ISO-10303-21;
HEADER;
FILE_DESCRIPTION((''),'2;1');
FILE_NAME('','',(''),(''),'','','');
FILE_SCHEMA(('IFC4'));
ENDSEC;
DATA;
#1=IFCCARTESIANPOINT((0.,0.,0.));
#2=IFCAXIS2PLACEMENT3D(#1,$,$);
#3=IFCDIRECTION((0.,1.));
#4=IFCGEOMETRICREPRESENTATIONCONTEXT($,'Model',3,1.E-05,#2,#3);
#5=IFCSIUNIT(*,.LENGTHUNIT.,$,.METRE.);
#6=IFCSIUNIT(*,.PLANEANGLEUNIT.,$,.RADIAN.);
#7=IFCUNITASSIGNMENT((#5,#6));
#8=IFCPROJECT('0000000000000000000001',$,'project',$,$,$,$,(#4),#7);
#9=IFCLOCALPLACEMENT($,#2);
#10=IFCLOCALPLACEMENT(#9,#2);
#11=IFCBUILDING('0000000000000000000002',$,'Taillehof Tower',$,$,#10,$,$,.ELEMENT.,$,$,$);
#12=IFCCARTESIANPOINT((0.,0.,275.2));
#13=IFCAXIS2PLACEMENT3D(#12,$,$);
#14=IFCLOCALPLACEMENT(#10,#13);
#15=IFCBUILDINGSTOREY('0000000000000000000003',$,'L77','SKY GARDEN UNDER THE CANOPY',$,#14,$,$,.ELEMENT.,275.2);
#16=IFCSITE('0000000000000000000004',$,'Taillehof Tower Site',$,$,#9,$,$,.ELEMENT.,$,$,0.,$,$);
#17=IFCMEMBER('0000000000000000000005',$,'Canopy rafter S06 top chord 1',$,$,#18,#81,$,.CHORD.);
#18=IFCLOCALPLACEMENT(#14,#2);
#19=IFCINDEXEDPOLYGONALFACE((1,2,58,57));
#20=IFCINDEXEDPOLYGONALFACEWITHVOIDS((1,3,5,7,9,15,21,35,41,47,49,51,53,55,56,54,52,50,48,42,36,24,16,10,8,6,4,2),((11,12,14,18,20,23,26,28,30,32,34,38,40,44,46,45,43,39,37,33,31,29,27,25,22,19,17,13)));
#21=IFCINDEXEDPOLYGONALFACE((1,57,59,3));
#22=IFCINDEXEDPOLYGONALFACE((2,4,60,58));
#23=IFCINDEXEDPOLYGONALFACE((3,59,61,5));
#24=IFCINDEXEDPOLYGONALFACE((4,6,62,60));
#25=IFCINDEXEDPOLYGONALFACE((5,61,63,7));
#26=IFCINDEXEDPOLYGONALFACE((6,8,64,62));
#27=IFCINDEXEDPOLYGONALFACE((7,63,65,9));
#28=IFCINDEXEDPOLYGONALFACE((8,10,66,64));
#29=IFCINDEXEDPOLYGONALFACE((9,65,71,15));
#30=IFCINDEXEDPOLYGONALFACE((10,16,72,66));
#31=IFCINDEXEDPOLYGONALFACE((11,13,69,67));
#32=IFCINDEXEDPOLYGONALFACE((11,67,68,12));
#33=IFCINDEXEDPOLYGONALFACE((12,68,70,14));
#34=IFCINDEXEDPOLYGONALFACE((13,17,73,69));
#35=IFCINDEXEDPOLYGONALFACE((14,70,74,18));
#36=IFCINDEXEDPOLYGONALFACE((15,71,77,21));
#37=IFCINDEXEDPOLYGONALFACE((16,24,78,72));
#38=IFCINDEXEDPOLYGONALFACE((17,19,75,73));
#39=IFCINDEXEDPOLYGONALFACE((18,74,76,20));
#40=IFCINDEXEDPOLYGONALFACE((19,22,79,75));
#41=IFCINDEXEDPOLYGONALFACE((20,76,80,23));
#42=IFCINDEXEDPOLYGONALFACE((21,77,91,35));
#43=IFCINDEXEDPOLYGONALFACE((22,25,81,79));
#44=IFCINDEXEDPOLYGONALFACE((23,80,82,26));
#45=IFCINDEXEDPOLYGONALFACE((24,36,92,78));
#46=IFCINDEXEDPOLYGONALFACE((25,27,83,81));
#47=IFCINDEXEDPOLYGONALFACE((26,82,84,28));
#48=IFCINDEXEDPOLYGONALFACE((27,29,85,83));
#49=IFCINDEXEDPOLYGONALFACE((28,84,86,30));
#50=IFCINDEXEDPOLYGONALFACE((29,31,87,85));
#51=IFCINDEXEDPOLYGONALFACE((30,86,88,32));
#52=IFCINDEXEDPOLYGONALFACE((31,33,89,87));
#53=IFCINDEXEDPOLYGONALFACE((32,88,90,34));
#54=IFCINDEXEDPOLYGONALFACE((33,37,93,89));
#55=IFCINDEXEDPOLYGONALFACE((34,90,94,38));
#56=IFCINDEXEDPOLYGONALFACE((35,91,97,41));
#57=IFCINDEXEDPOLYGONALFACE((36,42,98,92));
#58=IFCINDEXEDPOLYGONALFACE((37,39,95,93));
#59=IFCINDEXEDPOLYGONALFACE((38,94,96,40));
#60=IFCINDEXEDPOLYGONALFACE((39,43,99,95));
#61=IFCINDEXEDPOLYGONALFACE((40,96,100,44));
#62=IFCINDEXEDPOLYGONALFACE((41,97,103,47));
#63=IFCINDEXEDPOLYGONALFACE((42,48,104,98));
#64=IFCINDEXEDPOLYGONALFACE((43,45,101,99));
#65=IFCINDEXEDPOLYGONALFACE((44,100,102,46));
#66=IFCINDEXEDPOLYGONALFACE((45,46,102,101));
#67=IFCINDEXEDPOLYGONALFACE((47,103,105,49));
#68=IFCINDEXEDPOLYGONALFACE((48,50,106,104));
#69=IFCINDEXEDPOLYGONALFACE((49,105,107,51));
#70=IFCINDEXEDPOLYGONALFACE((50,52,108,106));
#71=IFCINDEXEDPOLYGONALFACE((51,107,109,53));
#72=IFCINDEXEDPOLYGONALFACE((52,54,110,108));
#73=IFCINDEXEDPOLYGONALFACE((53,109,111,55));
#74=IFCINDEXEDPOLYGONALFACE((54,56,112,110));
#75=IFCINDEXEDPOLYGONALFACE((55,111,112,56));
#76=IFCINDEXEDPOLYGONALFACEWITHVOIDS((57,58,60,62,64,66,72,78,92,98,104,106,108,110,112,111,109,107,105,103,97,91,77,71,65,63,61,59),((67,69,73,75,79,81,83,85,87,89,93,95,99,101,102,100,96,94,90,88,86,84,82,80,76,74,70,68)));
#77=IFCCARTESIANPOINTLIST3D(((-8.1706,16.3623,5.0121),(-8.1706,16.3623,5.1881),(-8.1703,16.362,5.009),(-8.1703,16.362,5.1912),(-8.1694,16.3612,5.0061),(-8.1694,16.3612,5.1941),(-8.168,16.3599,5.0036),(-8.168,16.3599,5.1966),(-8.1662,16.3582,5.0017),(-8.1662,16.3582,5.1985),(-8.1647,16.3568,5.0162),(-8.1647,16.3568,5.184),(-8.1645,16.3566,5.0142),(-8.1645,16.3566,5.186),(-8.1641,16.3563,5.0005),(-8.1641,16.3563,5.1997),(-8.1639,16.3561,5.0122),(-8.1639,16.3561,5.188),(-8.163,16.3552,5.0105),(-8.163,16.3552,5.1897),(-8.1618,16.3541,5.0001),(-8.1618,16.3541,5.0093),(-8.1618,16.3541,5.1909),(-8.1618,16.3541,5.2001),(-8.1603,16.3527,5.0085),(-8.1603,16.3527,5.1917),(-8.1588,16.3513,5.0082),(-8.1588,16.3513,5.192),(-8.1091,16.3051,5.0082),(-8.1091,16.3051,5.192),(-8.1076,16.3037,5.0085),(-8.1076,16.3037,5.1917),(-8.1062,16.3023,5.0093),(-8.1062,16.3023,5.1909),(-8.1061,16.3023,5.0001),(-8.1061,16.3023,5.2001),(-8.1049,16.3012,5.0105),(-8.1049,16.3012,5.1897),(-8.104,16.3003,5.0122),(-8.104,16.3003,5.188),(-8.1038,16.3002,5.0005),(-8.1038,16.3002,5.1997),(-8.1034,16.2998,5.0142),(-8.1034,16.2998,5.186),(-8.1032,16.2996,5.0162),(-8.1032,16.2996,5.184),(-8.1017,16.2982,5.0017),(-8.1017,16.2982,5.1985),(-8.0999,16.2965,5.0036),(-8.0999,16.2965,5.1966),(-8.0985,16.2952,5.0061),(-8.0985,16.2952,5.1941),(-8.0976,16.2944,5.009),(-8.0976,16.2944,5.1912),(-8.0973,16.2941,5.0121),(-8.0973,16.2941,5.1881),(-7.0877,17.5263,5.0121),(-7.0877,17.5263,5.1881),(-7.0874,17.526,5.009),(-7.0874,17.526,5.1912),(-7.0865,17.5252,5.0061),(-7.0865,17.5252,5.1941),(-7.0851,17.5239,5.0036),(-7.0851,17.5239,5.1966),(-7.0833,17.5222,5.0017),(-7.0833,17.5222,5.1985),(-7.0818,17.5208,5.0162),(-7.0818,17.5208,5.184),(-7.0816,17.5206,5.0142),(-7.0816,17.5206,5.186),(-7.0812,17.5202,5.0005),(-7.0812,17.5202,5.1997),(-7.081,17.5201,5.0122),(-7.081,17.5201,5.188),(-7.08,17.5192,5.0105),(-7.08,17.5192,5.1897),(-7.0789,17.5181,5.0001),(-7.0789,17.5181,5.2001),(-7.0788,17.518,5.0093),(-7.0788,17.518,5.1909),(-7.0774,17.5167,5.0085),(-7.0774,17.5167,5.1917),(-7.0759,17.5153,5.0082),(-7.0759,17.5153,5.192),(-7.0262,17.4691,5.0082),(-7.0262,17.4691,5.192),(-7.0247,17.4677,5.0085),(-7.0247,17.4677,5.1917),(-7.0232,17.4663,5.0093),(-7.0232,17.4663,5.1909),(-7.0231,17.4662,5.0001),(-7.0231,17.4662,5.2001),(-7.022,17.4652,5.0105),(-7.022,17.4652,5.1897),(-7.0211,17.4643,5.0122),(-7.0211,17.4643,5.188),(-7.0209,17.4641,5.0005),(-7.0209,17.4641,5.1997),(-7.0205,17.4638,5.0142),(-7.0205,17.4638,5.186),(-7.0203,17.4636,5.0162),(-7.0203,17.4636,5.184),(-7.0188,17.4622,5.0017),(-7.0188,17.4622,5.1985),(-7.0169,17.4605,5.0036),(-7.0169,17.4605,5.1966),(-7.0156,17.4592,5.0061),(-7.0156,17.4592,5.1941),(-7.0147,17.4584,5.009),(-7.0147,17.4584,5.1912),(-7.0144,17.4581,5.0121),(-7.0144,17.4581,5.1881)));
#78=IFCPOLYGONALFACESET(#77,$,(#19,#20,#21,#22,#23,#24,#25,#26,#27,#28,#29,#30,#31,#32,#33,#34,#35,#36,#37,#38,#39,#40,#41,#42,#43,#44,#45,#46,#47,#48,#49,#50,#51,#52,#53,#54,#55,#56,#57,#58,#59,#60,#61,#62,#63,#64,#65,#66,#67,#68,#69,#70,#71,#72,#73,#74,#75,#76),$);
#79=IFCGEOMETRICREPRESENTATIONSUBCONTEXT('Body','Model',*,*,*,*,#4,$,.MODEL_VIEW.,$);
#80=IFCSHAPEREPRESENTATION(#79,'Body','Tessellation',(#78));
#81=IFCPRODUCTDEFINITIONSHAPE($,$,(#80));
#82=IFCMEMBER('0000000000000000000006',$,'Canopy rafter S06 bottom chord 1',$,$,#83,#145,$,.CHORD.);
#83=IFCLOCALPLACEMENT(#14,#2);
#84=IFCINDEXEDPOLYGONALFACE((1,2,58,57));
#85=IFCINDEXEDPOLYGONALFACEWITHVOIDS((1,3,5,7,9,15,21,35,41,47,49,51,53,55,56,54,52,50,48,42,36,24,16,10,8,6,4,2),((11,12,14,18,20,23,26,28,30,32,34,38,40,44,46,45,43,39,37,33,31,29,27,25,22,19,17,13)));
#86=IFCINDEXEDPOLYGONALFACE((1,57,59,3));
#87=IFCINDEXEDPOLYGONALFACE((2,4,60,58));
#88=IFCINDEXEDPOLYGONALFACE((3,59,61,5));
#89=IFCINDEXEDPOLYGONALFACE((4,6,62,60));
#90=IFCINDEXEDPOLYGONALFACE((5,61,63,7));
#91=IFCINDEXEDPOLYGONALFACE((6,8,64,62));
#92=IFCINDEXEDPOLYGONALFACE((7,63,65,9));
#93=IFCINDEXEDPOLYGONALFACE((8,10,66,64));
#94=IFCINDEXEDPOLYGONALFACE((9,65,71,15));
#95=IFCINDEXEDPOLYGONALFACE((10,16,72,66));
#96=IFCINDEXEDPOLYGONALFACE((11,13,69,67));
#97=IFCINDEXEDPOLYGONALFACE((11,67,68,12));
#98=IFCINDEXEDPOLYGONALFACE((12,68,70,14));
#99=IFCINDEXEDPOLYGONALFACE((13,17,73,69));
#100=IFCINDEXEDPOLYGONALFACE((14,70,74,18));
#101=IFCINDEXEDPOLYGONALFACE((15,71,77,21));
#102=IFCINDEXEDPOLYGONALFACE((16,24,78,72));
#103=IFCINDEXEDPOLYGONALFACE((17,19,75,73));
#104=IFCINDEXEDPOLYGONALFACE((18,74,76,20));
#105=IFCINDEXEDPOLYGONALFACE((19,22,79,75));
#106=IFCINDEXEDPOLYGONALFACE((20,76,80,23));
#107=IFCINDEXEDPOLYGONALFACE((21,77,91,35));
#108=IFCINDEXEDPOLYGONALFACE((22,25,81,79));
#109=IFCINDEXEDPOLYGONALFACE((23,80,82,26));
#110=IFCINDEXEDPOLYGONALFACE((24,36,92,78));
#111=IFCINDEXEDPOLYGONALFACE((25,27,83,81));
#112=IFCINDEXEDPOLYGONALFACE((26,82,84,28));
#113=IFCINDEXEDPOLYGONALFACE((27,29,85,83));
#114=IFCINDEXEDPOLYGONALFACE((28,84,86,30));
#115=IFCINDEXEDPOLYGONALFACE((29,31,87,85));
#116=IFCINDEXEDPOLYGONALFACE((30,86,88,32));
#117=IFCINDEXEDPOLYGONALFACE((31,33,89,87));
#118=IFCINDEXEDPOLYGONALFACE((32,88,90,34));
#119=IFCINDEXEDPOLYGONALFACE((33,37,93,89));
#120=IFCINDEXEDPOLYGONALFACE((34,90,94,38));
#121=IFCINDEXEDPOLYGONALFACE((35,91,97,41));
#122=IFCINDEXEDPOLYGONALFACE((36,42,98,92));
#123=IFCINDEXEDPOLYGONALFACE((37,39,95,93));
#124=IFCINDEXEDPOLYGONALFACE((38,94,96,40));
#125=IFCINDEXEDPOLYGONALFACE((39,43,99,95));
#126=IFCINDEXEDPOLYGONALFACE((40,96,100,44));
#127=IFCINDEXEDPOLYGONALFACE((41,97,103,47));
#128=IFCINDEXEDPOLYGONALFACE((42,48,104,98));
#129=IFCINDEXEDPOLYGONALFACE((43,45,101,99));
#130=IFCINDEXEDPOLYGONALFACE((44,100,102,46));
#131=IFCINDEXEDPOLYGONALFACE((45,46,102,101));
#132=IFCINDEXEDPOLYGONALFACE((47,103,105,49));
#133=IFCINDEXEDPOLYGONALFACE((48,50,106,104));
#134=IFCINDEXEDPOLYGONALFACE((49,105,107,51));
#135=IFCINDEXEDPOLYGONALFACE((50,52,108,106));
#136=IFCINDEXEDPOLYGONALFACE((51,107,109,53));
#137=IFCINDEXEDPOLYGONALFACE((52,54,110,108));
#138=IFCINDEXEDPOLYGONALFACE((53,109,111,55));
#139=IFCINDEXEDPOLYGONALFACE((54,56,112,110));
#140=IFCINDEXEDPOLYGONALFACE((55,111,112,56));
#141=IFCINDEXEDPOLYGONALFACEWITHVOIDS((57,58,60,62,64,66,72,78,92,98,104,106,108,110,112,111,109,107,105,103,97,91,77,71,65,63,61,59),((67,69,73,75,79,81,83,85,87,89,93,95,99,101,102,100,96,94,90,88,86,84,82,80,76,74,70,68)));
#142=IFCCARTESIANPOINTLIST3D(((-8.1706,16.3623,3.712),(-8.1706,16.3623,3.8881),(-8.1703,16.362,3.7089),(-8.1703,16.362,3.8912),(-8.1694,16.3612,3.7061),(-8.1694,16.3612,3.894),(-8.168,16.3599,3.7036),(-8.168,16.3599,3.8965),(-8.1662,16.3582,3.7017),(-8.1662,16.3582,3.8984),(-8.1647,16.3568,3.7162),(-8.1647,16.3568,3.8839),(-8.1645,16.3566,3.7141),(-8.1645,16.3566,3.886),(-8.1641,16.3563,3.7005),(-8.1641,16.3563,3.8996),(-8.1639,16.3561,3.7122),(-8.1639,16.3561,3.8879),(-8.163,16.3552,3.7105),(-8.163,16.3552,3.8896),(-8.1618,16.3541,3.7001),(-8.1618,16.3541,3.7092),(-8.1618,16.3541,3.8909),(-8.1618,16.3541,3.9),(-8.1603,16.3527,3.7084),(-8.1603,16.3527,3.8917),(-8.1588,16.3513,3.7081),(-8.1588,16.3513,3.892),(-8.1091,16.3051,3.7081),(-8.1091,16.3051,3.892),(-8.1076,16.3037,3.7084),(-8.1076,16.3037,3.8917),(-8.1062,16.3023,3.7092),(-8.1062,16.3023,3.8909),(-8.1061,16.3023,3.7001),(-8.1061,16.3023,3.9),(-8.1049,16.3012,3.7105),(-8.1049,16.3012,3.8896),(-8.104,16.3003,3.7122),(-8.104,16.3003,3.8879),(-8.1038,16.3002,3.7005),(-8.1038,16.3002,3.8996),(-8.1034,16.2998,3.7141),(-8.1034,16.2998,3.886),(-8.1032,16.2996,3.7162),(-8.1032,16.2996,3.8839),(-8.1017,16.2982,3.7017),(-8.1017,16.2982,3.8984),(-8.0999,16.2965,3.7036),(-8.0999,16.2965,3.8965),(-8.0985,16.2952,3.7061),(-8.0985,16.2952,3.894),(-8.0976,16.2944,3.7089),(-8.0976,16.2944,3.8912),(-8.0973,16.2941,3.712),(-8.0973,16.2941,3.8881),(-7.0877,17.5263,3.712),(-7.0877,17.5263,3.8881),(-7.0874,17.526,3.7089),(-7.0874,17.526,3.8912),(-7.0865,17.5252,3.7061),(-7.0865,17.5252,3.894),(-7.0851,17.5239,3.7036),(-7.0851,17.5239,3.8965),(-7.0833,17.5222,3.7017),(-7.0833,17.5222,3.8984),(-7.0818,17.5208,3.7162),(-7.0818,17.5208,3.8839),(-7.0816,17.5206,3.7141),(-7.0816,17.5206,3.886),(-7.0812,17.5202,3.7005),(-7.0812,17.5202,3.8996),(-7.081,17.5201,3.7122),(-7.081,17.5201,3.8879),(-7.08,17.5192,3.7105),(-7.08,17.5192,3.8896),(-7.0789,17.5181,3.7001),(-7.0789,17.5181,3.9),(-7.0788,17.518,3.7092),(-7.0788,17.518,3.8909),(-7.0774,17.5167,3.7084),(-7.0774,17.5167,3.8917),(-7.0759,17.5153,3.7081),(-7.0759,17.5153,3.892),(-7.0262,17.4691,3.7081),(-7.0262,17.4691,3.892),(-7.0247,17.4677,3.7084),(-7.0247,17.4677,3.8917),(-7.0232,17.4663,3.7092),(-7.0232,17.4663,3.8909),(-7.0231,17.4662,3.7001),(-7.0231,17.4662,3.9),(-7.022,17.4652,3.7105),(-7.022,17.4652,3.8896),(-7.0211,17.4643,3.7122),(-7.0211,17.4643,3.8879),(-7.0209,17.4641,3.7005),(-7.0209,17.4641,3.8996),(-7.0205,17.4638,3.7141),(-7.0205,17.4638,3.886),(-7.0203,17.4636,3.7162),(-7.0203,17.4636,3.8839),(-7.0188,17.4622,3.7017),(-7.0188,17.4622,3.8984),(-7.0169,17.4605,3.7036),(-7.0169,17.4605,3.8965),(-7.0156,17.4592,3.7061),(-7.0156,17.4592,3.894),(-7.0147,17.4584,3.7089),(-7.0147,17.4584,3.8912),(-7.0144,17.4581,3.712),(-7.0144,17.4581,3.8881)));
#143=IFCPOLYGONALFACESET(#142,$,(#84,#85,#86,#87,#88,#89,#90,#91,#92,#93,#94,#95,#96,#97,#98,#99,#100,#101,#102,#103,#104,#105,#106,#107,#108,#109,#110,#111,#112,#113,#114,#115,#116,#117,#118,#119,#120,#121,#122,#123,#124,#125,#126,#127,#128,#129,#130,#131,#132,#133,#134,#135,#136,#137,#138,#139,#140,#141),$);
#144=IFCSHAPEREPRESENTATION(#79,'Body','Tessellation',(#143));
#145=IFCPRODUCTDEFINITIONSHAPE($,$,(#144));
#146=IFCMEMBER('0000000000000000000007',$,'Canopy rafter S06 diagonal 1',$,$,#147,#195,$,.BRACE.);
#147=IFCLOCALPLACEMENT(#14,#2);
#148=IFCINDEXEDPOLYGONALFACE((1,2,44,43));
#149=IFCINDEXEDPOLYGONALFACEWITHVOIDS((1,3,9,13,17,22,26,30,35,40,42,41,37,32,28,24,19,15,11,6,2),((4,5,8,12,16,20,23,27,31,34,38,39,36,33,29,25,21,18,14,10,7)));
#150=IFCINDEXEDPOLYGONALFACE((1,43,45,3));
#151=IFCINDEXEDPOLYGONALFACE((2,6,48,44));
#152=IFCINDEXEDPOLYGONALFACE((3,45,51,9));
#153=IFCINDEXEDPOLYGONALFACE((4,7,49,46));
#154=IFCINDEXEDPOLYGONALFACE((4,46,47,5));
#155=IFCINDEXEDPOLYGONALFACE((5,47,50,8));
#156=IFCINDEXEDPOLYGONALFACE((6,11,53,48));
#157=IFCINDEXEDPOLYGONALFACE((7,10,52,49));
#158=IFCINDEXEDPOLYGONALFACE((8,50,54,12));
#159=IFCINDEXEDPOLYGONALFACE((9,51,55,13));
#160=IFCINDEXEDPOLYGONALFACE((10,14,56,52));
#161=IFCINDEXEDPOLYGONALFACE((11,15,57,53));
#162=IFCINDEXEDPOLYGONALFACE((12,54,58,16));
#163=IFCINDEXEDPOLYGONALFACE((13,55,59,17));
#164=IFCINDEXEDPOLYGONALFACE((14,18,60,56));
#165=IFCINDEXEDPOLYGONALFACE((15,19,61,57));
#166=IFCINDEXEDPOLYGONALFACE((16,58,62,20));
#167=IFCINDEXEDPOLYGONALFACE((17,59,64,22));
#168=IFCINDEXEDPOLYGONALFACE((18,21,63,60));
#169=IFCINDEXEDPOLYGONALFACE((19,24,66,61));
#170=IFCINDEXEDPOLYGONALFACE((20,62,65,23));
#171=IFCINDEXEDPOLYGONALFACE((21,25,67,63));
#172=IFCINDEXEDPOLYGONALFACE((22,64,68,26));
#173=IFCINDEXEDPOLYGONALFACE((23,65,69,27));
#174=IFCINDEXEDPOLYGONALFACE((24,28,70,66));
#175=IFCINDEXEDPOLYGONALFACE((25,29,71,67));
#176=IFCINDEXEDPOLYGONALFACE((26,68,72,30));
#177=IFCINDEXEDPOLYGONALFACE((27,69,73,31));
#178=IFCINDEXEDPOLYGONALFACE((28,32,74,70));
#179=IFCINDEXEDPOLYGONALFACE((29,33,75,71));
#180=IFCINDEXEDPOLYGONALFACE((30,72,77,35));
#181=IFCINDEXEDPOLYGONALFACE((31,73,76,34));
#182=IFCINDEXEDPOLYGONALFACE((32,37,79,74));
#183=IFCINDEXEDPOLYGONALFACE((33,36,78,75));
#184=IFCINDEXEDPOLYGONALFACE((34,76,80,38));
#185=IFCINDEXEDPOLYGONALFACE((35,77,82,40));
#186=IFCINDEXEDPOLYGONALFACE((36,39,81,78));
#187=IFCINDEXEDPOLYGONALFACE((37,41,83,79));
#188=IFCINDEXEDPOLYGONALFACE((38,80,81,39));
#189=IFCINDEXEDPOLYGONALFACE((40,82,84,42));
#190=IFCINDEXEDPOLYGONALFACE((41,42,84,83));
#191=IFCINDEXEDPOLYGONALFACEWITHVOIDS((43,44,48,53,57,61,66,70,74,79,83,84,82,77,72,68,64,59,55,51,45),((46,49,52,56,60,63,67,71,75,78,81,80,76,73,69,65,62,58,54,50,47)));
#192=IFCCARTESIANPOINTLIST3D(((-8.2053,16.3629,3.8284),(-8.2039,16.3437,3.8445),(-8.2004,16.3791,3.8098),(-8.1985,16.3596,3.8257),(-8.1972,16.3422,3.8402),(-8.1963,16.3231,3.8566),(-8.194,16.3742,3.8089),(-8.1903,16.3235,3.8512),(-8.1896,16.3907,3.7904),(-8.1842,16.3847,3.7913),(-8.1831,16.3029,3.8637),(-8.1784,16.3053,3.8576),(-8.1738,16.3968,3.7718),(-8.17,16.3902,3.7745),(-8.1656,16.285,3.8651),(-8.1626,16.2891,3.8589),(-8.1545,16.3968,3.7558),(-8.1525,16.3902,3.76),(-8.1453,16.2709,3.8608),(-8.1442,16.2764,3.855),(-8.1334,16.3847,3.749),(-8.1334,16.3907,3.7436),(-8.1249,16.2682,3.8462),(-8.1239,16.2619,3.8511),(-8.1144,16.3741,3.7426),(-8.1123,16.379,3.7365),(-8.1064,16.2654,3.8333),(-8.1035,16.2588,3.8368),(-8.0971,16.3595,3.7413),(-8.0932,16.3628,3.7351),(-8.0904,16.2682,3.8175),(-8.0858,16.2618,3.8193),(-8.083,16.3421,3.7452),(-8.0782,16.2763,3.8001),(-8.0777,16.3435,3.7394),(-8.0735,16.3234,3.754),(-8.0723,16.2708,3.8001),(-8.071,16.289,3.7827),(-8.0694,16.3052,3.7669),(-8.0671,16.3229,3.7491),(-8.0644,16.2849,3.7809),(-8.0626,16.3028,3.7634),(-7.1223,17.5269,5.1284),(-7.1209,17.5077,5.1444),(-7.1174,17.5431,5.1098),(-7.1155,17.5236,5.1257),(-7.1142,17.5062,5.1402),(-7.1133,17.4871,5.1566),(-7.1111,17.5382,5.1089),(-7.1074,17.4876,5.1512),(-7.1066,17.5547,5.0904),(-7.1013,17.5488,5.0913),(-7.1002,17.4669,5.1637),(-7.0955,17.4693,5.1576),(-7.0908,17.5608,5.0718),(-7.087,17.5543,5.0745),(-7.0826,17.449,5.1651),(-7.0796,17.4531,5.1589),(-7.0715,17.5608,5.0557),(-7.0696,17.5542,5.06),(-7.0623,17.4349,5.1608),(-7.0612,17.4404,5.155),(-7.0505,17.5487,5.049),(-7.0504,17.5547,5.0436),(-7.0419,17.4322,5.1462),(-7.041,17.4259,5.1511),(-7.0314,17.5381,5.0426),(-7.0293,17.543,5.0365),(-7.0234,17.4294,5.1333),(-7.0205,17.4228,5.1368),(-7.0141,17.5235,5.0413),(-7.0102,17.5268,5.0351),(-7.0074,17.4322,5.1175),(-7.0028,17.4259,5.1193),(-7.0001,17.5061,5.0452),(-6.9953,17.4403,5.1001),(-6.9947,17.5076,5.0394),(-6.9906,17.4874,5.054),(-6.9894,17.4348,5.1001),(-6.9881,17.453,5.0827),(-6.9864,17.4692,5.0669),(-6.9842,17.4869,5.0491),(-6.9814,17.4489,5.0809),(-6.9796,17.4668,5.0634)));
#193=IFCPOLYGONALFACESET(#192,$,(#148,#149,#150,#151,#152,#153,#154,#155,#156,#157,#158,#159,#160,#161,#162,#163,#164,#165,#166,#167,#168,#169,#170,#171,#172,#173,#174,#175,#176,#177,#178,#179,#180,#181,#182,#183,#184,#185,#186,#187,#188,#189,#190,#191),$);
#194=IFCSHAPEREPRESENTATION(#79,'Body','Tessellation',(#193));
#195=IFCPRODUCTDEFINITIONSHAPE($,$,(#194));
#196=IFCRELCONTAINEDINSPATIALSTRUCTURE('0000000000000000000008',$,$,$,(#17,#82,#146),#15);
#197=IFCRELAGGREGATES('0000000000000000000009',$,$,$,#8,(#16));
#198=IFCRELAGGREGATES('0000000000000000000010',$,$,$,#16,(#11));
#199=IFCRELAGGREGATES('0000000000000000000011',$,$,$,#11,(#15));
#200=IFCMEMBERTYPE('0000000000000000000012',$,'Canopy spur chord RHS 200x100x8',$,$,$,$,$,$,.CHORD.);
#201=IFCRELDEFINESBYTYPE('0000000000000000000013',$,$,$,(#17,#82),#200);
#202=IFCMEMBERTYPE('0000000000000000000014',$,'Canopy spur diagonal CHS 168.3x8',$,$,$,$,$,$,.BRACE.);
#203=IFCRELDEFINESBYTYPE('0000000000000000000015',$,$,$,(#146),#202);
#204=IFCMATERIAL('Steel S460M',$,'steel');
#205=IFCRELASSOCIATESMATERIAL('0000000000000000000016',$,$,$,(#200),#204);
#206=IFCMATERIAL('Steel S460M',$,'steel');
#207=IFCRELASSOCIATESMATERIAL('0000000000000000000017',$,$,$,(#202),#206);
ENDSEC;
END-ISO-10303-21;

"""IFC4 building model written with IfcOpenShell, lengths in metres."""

from ifc_helpers import new_model, si_unit, direction, frame, origin, origin_2d, place, context, subcontext, project, spatial, hollow_rectangle, hollow_circle, extrude, material, material_profile, profile_set, type_object, element, save


model = new_model("IFC4")

# Units and contexts
model_context = context("Model", 3, precision=1e-05, world=origin(), true_north=direction((0.0, 1.0)))
body_context = subcontext(model_context, "Body", "Model", "MODEL_VIEW")
ifc_project = project(units=[si_unit("LENGTHUNIT", "METRE"), si_unit("PLANEANGLEUNIT", "RADIAN")], contexts=[model_context])

# Site, building, storey
site_placement = place(None, origin())
site = spatial("IfcSite", under=ifc_project, at=site_placement, Name="Taillehof Tower Site", CompositionType="ELEMENT", RefElevation=0.0)
building_placement = place(site_placement, origin())
building = spatial("IfcBuilding", under=site, at=building_placement, Name="Taillehof Tower", CompositionType="ELEMENT")
storey_placement = place(building_placement, frame((0.0, 0.0, 275.2)))
storey = spatial("IfcBuildingStorey", under=building, at=storey_placement, Name="L77", Description="SKY GARDEN UNDER THE CANOPY", CompositionType="ELEMENT", Elevation=275.2)

# Members
ifc_material_1 = material(Name="Steel S460M", Category="steel")
ifc_material_profile_1 = material_profile(ifc_material_1, hollow_rectangle(XDim=0.1001, YDim=0.2, WallThickness=0.0081, InnerFilletRadius=0.0081, OuterFilletRadius=0.012, at=origin_2d()), Name="RHS 200x100x8")
ifc_profile_set_1 = profile_set([ifc_material_profile_1], Name="Steel S460M")
member_type_1 = type_object("IfcMemberType", Name="Canopy spur chord RHS 200x100x8", PredefinedType="CHORD", material=ifc_profile_set_1)
for number, where, z_axis, x_axis, name in (
    (1, (-7.051, 17.4922, 5.1001), (-0.681158, -0.732137, 0.0), (0.732137, -0.681158, 0.0), "Canopy rafter S06 top chord 1"),
    (2, (-7.051, 17.4922, 3.8), (-0.681158, -0.732137, 0.0), (0.732137, -0.681158, 0.0), "Canopy rafter S06 bottom chord 1"),
):
    element("IfcMember", number, at=place(storey_placement, frame(where, z_axis=z_axis, x_axis=x_axis)), inside=storey, type_object=member_type_1, Name=name, PredefinedType="CHORD", context=body_context, shape_type="SweptSolid", body=[
        extrude(hollow_rectangle(XDim=0.1001, YDim=0.2, WallThickness=0.0081, InnerFilletRadius=0.0081, OuterFilletRadius=0.012, at=origin_2d()), origin(), (0.0, 0.0, 1.0), 1.5898),
    ])
ifc_material_2 = material(Name="Steel S460M", Category="steel")
ifc_material_profile_2 = material_profile(ifc_material_2, hollow_circle(Radius=0.0842, WallThickness=0.0081, at=origin_2d()), Name="CHS 168.3x8")
ifc_profile_set_2 = profile_set([ifc_material_profile_2], Name="Steel S460M")
member_type_2 = type_object("IfcMemberType", Name="Canopy spur diagonal CHS 168.3x8", PredefinedType="BRACE", material=ifc_profile_set_2)
member_1_placement = place(storey_placement, frame((-7.051, 17.4922, 5.1001), z_axis=(-0.52732, -0.566786, -0.632998), x_axis=(0.732137, -0.681158, 0.0)))
element("IfcMember", 3, at=member_1_placement, inside=storey, type_object=member_type_2, Name="Canopy rafter S06 diagonal 1", PredefinedType="BRACE", context=body_context, shape_type="SweptSolid", body=[
    extrude(hollow_circle(Radius=0.0842, WallThickness=0.0081, at=origin_2d()), origin(), (0.0, 0.0, 1.0), 2.0537),
])

save(model, "model.ifc")
